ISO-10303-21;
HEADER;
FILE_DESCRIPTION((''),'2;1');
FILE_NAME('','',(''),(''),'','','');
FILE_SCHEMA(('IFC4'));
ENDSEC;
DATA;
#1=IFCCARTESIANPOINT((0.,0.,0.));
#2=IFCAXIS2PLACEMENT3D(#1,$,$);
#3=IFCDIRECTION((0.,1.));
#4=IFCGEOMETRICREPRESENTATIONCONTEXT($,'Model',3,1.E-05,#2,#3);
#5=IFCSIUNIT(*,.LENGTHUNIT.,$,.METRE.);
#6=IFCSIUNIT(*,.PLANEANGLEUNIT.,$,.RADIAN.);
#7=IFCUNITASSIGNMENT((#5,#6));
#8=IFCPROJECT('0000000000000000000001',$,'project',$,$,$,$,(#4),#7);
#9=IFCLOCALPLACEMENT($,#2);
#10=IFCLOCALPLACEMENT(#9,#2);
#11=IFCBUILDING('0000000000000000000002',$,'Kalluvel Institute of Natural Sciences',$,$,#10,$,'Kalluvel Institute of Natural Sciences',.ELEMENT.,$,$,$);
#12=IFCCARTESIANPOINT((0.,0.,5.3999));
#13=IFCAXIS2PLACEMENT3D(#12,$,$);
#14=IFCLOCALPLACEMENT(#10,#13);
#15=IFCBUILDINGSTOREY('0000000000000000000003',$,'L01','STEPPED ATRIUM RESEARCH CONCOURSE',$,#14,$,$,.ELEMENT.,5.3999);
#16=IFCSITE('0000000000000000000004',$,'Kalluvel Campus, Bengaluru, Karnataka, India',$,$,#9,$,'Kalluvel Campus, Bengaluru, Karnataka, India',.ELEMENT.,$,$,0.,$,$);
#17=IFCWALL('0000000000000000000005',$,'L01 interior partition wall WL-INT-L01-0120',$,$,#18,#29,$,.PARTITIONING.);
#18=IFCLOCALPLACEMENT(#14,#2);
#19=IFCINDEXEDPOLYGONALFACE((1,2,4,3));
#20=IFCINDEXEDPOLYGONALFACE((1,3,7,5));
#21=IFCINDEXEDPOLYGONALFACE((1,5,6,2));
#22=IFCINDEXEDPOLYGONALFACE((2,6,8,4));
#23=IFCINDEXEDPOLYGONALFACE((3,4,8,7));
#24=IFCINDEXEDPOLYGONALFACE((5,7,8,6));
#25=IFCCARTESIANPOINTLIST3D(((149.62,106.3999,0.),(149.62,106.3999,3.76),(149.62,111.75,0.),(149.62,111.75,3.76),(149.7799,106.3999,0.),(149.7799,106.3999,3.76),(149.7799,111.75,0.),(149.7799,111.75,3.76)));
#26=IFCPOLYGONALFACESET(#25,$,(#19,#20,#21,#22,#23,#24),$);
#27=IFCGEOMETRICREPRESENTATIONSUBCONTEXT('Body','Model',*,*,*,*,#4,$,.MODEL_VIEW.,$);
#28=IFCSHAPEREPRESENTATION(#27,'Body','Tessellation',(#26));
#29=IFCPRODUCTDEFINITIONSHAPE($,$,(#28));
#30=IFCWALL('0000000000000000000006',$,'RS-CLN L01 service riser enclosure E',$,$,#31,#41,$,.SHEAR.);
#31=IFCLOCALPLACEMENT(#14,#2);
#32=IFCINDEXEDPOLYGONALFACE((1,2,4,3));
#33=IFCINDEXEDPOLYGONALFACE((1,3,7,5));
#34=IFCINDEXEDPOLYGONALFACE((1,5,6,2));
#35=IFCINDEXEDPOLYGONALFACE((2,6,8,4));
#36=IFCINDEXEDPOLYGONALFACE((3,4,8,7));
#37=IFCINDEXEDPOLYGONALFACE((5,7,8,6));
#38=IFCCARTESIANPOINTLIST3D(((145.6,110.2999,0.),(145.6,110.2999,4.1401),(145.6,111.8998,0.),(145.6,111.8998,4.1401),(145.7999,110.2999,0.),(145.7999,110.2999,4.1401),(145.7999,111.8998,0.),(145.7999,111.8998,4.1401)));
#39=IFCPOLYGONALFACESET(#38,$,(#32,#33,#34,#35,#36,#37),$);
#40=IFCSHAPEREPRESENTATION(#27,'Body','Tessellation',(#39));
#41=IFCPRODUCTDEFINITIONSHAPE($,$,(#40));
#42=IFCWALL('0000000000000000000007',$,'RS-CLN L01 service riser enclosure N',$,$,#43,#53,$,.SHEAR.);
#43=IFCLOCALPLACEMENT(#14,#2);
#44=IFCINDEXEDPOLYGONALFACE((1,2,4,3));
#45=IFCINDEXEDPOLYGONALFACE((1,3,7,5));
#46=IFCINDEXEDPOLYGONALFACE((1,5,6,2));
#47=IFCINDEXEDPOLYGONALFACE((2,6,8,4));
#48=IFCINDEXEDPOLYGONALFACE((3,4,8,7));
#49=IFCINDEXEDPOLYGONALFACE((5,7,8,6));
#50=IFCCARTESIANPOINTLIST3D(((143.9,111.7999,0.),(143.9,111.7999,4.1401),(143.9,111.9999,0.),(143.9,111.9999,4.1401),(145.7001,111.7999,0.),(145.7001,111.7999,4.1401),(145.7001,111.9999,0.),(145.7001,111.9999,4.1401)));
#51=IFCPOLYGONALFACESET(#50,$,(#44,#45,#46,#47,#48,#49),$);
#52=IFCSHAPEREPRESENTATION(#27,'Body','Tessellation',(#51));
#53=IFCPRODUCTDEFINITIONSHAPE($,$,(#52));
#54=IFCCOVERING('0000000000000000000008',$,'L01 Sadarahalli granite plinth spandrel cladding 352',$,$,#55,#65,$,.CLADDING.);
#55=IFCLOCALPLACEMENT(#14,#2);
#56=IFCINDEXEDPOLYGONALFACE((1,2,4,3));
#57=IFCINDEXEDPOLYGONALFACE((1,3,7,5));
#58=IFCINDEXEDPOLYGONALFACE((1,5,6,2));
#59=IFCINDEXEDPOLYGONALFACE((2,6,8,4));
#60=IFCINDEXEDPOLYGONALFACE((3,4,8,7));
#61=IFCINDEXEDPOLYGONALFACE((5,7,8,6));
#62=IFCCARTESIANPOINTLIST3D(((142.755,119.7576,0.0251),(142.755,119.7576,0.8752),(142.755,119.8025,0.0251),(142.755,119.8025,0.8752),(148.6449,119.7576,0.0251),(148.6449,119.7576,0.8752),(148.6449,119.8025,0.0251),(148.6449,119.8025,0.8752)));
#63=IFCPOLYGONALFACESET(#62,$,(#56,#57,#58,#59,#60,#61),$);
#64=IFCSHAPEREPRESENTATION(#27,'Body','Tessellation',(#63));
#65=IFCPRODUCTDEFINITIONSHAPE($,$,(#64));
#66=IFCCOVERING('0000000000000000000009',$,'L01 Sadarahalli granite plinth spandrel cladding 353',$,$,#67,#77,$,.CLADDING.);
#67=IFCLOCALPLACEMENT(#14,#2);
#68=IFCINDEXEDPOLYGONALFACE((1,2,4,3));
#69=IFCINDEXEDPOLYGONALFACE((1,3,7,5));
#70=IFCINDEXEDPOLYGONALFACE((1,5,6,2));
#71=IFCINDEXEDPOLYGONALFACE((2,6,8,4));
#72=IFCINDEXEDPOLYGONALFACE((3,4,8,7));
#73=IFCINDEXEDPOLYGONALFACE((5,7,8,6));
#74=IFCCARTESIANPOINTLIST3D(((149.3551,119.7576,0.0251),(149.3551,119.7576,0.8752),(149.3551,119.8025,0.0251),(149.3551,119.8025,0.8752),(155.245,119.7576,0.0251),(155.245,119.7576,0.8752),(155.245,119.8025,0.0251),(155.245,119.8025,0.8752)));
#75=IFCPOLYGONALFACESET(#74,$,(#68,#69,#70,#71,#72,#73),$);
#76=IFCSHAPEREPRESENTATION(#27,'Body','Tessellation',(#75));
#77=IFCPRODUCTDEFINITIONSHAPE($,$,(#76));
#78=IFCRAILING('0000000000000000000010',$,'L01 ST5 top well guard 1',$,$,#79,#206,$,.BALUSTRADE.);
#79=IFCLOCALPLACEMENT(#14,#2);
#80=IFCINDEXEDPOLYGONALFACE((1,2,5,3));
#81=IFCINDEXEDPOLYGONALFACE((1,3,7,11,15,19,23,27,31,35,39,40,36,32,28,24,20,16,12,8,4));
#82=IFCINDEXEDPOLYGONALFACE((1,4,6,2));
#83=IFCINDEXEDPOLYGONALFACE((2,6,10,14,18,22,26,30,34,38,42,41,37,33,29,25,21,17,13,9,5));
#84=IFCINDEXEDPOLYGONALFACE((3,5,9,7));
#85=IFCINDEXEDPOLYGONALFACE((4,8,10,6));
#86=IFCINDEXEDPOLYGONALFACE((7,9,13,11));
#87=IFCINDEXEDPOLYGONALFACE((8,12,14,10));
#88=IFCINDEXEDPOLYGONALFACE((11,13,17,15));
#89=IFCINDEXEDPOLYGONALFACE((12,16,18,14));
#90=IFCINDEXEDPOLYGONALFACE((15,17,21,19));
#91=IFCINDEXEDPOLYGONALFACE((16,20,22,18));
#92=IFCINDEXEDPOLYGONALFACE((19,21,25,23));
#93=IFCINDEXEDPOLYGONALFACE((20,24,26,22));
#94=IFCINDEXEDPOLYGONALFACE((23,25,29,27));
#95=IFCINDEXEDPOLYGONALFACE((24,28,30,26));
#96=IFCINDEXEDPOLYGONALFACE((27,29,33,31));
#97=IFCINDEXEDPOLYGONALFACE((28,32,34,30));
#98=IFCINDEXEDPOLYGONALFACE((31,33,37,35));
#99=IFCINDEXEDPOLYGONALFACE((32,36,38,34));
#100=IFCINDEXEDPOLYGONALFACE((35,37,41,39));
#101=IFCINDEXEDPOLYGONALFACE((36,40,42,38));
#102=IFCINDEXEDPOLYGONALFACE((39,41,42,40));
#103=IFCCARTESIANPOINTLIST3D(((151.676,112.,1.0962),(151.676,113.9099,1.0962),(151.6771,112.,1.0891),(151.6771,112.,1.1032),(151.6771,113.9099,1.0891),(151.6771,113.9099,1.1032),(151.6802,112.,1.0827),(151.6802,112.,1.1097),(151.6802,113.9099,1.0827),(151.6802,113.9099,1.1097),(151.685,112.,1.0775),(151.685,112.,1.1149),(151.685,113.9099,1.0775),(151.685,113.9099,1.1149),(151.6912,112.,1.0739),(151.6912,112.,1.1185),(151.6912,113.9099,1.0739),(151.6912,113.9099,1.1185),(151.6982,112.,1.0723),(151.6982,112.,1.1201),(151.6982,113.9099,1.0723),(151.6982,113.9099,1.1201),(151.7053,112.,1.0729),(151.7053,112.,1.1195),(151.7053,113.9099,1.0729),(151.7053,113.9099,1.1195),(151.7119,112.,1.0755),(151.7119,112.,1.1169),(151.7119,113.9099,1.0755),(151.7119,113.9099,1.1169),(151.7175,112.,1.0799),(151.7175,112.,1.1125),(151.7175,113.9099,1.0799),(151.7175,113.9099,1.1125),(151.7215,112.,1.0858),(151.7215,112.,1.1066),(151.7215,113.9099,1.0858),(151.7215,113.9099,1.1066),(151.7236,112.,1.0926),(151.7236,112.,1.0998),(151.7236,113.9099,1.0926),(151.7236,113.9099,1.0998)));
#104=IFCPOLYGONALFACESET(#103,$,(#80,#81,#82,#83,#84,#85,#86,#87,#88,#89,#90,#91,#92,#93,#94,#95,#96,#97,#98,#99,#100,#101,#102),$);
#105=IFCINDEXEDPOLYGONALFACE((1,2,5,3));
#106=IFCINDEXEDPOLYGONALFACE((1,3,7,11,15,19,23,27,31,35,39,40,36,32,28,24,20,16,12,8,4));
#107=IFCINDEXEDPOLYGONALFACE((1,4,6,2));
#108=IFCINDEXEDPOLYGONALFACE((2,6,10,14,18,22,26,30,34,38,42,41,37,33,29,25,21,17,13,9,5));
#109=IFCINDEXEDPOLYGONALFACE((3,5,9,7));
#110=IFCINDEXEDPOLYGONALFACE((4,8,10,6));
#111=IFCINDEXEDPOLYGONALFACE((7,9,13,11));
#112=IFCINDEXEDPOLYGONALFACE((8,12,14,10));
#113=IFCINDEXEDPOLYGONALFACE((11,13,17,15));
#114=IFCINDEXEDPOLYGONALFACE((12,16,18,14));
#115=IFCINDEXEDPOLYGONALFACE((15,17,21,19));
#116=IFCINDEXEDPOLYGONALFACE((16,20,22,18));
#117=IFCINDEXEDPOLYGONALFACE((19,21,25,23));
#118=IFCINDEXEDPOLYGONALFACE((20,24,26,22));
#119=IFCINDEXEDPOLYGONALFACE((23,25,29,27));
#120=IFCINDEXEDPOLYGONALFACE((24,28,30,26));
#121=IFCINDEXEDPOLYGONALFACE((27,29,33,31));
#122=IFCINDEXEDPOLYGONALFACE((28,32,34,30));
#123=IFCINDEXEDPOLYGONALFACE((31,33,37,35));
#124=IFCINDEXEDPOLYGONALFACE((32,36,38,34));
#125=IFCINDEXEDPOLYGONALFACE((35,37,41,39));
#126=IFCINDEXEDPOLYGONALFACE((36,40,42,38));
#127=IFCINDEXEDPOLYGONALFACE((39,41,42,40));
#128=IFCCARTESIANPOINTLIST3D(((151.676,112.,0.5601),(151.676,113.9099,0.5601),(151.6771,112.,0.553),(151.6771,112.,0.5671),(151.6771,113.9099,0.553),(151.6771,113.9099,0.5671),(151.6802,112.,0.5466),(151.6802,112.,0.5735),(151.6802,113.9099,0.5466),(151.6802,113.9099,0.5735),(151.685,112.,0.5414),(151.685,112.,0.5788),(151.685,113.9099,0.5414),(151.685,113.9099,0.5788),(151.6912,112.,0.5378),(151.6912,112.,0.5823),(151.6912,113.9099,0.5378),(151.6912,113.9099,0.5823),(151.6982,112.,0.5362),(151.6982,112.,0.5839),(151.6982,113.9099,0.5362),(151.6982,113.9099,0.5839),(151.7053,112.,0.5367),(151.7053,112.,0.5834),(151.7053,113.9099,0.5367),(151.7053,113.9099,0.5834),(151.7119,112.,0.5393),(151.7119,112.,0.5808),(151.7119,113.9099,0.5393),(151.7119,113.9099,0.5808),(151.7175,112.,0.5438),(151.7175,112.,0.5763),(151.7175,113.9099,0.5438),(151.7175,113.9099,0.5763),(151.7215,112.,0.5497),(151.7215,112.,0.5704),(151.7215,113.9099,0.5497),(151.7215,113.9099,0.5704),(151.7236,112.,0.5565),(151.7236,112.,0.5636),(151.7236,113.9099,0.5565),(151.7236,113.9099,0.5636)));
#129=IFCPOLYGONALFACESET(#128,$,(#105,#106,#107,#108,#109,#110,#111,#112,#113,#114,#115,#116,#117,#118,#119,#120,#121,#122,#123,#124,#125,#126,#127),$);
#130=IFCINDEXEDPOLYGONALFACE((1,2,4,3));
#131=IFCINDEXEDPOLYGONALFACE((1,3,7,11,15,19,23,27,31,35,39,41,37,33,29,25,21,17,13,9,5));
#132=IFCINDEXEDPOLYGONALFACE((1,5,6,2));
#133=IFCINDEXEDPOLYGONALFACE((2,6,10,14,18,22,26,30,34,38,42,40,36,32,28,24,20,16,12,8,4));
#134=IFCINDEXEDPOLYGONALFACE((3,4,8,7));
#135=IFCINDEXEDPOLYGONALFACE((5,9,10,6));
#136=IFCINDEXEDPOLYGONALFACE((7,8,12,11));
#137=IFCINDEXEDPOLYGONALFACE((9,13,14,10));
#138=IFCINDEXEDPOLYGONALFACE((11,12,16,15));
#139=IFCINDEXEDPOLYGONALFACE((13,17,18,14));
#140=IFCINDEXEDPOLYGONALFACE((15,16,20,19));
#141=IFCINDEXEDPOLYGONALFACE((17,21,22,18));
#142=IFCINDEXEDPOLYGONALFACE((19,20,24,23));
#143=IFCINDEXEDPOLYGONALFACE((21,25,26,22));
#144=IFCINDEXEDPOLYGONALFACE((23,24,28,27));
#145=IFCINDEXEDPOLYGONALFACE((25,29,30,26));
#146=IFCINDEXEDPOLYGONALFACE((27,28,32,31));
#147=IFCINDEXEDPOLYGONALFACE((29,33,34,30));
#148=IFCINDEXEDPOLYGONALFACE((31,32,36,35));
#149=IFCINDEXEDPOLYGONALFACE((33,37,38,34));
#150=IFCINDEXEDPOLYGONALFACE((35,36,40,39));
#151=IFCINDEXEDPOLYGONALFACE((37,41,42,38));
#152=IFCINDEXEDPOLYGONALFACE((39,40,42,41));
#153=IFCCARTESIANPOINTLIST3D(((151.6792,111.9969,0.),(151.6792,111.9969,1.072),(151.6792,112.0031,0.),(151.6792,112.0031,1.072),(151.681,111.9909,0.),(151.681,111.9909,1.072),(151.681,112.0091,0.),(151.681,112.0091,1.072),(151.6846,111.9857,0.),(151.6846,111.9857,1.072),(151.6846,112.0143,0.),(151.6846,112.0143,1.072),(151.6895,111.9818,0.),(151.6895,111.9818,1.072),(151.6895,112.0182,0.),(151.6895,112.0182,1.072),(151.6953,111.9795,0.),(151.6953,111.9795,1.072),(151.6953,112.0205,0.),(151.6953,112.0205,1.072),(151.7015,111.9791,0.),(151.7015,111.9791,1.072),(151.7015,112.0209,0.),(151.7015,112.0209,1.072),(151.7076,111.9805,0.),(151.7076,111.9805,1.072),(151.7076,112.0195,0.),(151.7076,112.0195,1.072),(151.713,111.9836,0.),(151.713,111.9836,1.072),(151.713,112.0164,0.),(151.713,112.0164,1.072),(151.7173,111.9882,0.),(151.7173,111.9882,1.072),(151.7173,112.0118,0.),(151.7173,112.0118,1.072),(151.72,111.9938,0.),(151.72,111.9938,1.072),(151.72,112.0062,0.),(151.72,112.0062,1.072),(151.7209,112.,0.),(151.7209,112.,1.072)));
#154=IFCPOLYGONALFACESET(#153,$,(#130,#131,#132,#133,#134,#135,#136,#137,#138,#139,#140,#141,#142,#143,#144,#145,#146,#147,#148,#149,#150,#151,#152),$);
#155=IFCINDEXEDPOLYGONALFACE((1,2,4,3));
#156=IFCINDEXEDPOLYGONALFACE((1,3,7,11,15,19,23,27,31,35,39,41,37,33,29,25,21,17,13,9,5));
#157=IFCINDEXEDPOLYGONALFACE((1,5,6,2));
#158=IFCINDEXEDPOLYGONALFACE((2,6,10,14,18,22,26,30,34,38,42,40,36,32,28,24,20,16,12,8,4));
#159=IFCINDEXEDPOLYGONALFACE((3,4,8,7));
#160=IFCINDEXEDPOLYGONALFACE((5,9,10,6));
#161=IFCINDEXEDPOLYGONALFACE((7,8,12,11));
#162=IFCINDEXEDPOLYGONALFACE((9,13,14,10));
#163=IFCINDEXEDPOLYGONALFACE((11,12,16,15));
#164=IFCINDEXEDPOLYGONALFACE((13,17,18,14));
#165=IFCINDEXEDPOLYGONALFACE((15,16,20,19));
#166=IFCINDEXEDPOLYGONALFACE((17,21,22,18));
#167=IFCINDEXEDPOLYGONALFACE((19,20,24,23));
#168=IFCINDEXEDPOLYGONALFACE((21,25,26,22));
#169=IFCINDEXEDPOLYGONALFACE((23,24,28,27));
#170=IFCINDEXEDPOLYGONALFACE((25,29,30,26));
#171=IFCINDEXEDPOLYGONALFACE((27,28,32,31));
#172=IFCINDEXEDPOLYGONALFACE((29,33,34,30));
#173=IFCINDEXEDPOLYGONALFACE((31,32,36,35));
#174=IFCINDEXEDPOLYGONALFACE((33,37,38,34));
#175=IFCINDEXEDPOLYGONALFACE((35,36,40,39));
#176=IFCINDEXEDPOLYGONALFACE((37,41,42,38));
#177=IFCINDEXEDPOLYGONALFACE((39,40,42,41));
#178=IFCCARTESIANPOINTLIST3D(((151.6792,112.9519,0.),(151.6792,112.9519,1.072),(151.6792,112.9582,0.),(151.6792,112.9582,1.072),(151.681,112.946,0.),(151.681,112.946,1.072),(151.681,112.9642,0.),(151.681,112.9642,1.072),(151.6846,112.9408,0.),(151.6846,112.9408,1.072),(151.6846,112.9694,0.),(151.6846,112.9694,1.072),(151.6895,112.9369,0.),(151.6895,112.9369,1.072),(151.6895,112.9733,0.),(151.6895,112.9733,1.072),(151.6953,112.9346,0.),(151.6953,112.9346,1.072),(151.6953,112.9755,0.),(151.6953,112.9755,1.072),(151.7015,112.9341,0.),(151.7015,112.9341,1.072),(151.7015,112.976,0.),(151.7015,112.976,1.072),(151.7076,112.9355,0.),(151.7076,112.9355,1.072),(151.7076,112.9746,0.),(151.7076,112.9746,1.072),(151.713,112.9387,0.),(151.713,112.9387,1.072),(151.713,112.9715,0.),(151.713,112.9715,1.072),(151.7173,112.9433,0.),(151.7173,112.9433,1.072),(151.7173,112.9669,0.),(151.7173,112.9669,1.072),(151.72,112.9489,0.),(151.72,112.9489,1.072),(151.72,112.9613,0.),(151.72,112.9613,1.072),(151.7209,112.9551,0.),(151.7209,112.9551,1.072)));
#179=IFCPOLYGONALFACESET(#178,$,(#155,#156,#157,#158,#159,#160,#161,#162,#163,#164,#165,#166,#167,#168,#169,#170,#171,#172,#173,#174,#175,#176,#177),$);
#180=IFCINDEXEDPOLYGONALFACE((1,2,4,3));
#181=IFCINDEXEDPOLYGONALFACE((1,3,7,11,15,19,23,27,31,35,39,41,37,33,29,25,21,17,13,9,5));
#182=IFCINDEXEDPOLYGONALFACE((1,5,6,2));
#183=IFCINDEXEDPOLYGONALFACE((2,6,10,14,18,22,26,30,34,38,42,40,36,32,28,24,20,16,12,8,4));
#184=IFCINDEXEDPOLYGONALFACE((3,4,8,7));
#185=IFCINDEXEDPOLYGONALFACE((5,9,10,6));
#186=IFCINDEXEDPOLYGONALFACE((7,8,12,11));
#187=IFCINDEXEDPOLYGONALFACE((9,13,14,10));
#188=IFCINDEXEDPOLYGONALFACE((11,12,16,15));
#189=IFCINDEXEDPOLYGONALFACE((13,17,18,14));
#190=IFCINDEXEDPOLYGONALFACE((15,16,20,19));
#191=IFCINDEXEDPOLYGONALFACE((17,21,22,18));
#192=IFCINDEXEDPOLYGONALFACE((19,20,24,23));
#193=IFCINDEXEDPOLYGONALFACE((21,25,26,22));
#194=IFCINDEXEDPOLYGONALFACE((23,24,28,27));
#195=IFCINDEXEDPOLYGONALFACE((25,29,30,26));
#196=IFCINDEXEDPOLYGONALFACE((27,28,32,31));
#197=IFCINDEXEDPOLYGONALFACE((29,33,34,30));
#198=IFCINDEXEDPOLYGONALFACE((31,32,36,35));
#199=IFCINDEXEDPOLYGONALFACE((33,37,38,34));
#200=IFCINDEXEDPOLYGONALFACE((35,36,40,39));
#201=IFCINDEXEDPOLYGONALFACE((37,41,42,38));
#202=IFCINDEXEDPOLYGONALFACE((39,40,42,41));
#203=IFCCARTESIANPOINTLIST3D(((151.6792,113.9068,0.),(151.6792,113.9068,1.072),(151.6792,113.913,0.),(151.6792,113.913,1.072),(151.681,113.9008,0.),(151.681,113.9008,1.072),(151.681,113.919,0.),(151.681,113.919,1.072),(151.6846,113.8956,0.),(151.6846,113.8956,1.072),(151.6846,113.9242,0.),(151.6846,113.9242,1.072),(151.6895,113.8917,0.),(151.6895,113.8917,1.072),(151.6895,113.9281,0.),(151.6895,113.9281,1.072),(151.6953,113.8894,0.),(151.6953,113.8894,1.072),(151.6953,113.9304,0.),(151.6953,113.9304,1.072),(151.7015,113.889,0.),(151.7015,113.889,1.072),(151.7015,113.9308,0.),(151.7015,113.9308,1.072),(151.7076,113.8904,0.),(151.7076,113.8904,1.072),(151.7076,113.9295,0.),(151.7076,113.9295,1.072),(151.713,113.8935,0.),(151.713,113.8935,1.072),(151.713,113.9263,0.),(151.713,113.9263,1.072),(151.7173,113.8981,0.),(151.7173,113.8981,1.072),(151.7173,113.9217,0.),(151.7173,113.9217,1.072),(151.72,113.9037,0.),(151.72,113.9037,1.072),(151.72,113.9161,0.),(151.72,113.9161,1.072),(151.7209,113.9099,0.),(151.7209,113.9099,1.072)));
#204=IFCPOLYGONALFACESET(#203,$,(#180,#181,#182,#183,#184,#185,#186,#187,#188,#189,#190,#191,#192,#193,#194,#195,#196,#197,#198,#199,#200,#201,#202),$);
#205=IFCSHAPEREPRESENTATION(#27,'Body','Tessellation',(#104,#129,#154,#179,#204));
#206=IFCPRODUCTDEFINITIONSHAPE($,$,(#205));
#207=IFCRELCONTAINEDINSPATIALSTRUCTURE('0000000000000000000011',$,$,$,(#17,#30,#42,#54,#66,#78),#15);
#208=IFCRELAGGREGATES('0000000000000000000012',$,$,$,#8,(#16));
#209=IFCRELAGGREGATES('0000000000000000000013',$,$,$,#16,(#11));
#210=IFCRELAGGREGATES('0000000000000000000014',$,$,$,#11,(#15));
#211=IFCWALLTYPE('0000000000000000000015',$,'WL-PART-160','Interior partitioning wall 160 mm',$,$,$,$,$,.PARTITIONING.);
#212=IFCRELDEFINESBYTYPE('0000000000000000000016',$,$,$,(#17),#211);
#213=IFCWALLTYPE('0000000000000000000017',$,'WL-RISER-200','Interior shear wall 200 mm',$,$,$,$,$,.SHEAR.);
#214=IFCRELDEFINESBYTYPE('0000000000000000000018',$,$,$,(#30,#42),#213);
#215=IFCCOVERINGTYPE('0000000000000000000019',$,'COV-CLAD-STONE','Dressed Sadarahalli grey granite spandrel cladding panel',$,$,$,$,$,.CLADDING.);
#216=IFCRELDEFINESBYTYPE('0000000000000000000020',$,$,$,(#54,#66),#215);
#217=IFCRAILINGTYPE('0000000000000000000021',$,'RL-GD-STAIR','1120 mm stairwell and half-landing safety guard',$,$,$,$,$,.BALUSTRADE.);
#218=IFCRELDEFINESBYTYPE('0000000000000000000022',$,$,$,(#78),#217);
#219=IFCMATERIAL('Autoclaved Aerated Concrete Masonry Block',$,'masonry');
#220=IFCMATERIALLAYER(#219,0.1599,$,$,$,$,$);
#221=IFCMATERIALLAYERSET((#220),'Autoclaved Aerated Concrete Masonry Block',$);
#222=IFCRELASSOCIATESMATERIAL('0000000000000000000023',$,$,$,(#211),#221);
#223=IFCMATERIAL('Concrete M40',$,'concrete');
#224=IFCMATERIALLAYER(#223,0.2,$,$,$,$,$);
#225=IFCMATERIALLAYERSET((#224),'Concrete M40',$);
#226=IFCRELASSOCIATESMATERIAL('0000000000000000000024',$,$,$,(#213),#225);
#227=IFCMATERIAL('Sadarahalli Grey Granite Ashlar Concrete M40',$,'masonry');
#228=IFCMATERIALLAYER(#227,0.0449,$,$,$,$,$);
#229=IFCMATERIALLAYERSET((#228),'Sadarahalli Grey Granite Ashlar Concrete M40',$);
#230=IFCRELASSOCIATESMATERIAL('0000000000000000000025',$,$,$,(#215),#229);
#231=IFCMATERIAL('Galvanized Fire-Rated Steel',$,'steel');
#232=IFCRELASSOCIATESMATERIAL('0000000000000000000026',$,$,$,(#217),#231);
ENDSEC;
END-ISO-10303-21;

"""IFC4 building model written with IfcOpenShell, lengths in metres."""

from ifc_helpers import new_model, si_unit, direction, frame, frame_2d, origin, origin_2d, place, context, subcontext, project, spatial, rectangle, circle, extrude, material, layer, layer_set, type_object, element, save


model = new_model("IFC4")

# Units and contexts
model_context = context("Model", 3, precision=1e-05, world=origin(), true_north=direction((0.0, 1.0)))
body_context = subcontext(model_context, "Body", "Model", "MODEL_VIEW")
ifc_project = project(units=[si_unit("LENGTHUNIT", "METRE"), si_unit("PLANEANGLEUNIT", "RADIAN")], contexts=[model_context])

# Site, building, storey
site_placement = place(None, origin())
site = spatial("IfcSite", under=ifc_project, at=site_placement, Name="Kalluvel Campus, Bengaluru, Karnataka, India", LongName="Kalluvel Campus, Bengaluru, Karnataka, India", CompositionType="ELEMENT", RefElevation=0.0)
building_placement = place(site_placement, origin())
building = spatial("IfcBuilding", under=site, at=building_placement, Name="Kalluvel Institute of Natural Sciences", LongName="Kalluvel Institute of Natural Sciences", CompositionType="ELEMENT")
storey_placement = place(building_placement, frame((0.0, 0.0, 5.3999)))
storey = spatial("IfcBuildingStorey", under=building, at=storey_placement, Name="L01", Description="STEPPED ATRIUM RESEARCH CONCOURSE", CompositionType="ELEMENT", Elevation=5.3999)

# Shared definitions
ifc_material_1 = material(Name="Concrete M40", Category="concrete")

# Shared definitions
ifc_material_2 = material(Name="Galvanized Fire-Rated Steel", Category="steel")

# Shared definitions
ifc_material_3 = material(Name="Sadarahalli Grey Granite Ashlar Concrete M40", Category="masonry")

# Walls
ifc_material_4 = material(Name="Autoclaved Aerated Concrete Masonry Block", Category="masonry")
ifc_layer_1 = layer(ifc_material_4, 0.1599)
ifc_layer_set_1 = layer_set([ifc_layer_1], Name="Autoclaved Aerated Concrete Masonry Block")
wall_type_1 = type_object("IfcWallType", Name="WL-PART-160", Description="Interior partitioning wall 160 mm", PredefinedType="PARTITIONING", material=ifc_layer_set_1)
wall_1_placement = place(storey_placement, frame((149.7, 106.3999, 0.0), z_axis=(0.0, 0.0, 1.0), x_axis=(0.0, 1.0, 0.0)))
element("IfcWall", 1, at=wall_1_placement, inside=storey, type_object=wall_type_1, Name="L01 interior partition wall WL-INT-L01-0120", PredefinedType="PARTITIONING", context=body_context, shape_type="SweptSolid", body=[
    extrude(rectangle(XDim=5.3501, YDim=0.1599, at=frame_2d((2.675, 0.0))), origin(), (0.0, 0.0, 1.0), 3.76),
])
ifc_layer_2 = layer(ifc_material_1, 0.2)
ifc_layer_set_2 = layer_set([ifc_layer_2], Name="Concrete M40")
wall_type_2 = type_object("IfcWallType", Name="WL-RISER-200", Description="Interior shear wall 200 mm", PredefinedType="SHEAR", material=ifc_layer_set_2)
wall_2_placement = place(storey_placement, frame((145.7, 110.3, 0.0), z_axis=(0.0, 0.0, 1.0), x_axis=(0.0, 1.0, 0.0)))
element("IfcWall", 2, at=wall_2_placement, inside=storey, type_object=wall_type_2, Name="RS-CLN L01 service riser enclosure E", PredefinedType="SHEAR", context=body_context, shape_type="SweptSolid", body=[
    extrude(rectangle(XDim=1.5999, YDim=0.2, at=frame_2d((0.7998, 0.0))), origin(), (0.0, 0.0, 1.0), 4.1401),
])
wall_3_placement = place(storey_placement, frame((145.7, 111.8999, 0.0), z_axis=(0.0, 0.0, 1.0), x_axis=(-1.0, 0.0, 0.0)))
element("IfcWall", 3, at=wall_3_placement, inside=storey, type_object=wall_type_2, Name="RS-CLN L01 service riser enclosure N", PredefinedType="SHEAR", context=body_context, shape_type="SweptSolid", body=[
    extrude(rectangle(XDim=1.8, YDim=0.2, at=frame_2d((0.8999, 0.0))), origin(), (0.0, 0.0, 1.0), 4.1401),
])

# Coverings
ifc_layer_3 = layer(ifc_material_3, 0.0449)
ifc_layer_set_3 = layer_set([ifc_layer_3], Name="Sadarahalli Grey Granite Ashlar Concrete M40")
covering_type = type_object("IfcCoveringType", Name="COV-CLAD-STONE", Description="Dressed Sadarahalli grey granite spandrel cladding panel", PredefinedType="CLADDING", material=ifc_layer_set_3)
for number, where, z_axis, x_axis, name in (
    (4, (145.7, 119.78, 0.0251), (0.0, 0.0, 1.0), (1.0, 0.0, 0.0), "L01 Sadarahalli granite plinth spandrel cladding 352"),
    (5, (152.3, 119.78, 0.0251), (0.0, 0.0, 1.0), (1.0, 0.0, 0.0), "L01 Sadarahalli granite plinth spandrel cladding 353"),
):
    element("IfcCovering", number, at=place(storey_placement, frame(where, z_axis=z_axis, x_axis=x_axis)), inside=storey, type_object=covering_type, Name=name, PredefinedType="CLADDING", context=body_context, shape_type="SweptSolid", body=[
        extrude(rectangle(XDim=5.8899, YDim=0.0449, at=origin_2d()), origin(), (0.0, 0.0, 1.0), 0.8501),
    ])

# Railing
railing_type = type_object("IfcRailingType", Name="RL-GD-STAIR", Description="1120 mm stairwell and half-landing safety guard", PredefinedType="BALUSTRADE", material=ifc_material_2)
railing_placement = place(storey_placement, frame((151.7, 112.0, 0.0)))
element("IfcRailing", 6, at=railing_placement, inside=storey, type_object=railing_type, Name="L01 ST5 top well guard 1", PredefinedType="BALUSTRADE", context=body_context, shape_type="SweptSolid", body=[
    extrude(circle(Radius=0.0239, at=origin_2d()), frame((0.0, 0.0, 1.0962), z_axis=(0.0, 1.0, 0.0), x_axis=(-1.0, 0.0, 0.0)), (0.0, 0.0, 1.0), 1.9099),
    extrude(circle(Radius=0.0239, at=origin_2d()), frame((0.0, 0.0, 0.5601), z_axis=(0.0, 1.0, 0.0), x_axis=(-1.0, 0.0, 0.0)), (0.0, 0.0, 1.0), 1.9099),
    extrude(circle(Radius=0.021, at=origin_2d()), origin(), (0.0, 0.0, 1.0), 1.072),
    extrude(circle(Radius=0.021, at=origin_2d()), frame((0.0, 0.9551, 0.0)), (0.0, 0.0, 1.0), 1.072),
    extrude(circle(Radius=0.021, at=origin_2d()), frame((0.0, 1.9099, 0.0)), (0.0, 0.0, 1.0), 1.072),
])

save(model, "model.ifc")
